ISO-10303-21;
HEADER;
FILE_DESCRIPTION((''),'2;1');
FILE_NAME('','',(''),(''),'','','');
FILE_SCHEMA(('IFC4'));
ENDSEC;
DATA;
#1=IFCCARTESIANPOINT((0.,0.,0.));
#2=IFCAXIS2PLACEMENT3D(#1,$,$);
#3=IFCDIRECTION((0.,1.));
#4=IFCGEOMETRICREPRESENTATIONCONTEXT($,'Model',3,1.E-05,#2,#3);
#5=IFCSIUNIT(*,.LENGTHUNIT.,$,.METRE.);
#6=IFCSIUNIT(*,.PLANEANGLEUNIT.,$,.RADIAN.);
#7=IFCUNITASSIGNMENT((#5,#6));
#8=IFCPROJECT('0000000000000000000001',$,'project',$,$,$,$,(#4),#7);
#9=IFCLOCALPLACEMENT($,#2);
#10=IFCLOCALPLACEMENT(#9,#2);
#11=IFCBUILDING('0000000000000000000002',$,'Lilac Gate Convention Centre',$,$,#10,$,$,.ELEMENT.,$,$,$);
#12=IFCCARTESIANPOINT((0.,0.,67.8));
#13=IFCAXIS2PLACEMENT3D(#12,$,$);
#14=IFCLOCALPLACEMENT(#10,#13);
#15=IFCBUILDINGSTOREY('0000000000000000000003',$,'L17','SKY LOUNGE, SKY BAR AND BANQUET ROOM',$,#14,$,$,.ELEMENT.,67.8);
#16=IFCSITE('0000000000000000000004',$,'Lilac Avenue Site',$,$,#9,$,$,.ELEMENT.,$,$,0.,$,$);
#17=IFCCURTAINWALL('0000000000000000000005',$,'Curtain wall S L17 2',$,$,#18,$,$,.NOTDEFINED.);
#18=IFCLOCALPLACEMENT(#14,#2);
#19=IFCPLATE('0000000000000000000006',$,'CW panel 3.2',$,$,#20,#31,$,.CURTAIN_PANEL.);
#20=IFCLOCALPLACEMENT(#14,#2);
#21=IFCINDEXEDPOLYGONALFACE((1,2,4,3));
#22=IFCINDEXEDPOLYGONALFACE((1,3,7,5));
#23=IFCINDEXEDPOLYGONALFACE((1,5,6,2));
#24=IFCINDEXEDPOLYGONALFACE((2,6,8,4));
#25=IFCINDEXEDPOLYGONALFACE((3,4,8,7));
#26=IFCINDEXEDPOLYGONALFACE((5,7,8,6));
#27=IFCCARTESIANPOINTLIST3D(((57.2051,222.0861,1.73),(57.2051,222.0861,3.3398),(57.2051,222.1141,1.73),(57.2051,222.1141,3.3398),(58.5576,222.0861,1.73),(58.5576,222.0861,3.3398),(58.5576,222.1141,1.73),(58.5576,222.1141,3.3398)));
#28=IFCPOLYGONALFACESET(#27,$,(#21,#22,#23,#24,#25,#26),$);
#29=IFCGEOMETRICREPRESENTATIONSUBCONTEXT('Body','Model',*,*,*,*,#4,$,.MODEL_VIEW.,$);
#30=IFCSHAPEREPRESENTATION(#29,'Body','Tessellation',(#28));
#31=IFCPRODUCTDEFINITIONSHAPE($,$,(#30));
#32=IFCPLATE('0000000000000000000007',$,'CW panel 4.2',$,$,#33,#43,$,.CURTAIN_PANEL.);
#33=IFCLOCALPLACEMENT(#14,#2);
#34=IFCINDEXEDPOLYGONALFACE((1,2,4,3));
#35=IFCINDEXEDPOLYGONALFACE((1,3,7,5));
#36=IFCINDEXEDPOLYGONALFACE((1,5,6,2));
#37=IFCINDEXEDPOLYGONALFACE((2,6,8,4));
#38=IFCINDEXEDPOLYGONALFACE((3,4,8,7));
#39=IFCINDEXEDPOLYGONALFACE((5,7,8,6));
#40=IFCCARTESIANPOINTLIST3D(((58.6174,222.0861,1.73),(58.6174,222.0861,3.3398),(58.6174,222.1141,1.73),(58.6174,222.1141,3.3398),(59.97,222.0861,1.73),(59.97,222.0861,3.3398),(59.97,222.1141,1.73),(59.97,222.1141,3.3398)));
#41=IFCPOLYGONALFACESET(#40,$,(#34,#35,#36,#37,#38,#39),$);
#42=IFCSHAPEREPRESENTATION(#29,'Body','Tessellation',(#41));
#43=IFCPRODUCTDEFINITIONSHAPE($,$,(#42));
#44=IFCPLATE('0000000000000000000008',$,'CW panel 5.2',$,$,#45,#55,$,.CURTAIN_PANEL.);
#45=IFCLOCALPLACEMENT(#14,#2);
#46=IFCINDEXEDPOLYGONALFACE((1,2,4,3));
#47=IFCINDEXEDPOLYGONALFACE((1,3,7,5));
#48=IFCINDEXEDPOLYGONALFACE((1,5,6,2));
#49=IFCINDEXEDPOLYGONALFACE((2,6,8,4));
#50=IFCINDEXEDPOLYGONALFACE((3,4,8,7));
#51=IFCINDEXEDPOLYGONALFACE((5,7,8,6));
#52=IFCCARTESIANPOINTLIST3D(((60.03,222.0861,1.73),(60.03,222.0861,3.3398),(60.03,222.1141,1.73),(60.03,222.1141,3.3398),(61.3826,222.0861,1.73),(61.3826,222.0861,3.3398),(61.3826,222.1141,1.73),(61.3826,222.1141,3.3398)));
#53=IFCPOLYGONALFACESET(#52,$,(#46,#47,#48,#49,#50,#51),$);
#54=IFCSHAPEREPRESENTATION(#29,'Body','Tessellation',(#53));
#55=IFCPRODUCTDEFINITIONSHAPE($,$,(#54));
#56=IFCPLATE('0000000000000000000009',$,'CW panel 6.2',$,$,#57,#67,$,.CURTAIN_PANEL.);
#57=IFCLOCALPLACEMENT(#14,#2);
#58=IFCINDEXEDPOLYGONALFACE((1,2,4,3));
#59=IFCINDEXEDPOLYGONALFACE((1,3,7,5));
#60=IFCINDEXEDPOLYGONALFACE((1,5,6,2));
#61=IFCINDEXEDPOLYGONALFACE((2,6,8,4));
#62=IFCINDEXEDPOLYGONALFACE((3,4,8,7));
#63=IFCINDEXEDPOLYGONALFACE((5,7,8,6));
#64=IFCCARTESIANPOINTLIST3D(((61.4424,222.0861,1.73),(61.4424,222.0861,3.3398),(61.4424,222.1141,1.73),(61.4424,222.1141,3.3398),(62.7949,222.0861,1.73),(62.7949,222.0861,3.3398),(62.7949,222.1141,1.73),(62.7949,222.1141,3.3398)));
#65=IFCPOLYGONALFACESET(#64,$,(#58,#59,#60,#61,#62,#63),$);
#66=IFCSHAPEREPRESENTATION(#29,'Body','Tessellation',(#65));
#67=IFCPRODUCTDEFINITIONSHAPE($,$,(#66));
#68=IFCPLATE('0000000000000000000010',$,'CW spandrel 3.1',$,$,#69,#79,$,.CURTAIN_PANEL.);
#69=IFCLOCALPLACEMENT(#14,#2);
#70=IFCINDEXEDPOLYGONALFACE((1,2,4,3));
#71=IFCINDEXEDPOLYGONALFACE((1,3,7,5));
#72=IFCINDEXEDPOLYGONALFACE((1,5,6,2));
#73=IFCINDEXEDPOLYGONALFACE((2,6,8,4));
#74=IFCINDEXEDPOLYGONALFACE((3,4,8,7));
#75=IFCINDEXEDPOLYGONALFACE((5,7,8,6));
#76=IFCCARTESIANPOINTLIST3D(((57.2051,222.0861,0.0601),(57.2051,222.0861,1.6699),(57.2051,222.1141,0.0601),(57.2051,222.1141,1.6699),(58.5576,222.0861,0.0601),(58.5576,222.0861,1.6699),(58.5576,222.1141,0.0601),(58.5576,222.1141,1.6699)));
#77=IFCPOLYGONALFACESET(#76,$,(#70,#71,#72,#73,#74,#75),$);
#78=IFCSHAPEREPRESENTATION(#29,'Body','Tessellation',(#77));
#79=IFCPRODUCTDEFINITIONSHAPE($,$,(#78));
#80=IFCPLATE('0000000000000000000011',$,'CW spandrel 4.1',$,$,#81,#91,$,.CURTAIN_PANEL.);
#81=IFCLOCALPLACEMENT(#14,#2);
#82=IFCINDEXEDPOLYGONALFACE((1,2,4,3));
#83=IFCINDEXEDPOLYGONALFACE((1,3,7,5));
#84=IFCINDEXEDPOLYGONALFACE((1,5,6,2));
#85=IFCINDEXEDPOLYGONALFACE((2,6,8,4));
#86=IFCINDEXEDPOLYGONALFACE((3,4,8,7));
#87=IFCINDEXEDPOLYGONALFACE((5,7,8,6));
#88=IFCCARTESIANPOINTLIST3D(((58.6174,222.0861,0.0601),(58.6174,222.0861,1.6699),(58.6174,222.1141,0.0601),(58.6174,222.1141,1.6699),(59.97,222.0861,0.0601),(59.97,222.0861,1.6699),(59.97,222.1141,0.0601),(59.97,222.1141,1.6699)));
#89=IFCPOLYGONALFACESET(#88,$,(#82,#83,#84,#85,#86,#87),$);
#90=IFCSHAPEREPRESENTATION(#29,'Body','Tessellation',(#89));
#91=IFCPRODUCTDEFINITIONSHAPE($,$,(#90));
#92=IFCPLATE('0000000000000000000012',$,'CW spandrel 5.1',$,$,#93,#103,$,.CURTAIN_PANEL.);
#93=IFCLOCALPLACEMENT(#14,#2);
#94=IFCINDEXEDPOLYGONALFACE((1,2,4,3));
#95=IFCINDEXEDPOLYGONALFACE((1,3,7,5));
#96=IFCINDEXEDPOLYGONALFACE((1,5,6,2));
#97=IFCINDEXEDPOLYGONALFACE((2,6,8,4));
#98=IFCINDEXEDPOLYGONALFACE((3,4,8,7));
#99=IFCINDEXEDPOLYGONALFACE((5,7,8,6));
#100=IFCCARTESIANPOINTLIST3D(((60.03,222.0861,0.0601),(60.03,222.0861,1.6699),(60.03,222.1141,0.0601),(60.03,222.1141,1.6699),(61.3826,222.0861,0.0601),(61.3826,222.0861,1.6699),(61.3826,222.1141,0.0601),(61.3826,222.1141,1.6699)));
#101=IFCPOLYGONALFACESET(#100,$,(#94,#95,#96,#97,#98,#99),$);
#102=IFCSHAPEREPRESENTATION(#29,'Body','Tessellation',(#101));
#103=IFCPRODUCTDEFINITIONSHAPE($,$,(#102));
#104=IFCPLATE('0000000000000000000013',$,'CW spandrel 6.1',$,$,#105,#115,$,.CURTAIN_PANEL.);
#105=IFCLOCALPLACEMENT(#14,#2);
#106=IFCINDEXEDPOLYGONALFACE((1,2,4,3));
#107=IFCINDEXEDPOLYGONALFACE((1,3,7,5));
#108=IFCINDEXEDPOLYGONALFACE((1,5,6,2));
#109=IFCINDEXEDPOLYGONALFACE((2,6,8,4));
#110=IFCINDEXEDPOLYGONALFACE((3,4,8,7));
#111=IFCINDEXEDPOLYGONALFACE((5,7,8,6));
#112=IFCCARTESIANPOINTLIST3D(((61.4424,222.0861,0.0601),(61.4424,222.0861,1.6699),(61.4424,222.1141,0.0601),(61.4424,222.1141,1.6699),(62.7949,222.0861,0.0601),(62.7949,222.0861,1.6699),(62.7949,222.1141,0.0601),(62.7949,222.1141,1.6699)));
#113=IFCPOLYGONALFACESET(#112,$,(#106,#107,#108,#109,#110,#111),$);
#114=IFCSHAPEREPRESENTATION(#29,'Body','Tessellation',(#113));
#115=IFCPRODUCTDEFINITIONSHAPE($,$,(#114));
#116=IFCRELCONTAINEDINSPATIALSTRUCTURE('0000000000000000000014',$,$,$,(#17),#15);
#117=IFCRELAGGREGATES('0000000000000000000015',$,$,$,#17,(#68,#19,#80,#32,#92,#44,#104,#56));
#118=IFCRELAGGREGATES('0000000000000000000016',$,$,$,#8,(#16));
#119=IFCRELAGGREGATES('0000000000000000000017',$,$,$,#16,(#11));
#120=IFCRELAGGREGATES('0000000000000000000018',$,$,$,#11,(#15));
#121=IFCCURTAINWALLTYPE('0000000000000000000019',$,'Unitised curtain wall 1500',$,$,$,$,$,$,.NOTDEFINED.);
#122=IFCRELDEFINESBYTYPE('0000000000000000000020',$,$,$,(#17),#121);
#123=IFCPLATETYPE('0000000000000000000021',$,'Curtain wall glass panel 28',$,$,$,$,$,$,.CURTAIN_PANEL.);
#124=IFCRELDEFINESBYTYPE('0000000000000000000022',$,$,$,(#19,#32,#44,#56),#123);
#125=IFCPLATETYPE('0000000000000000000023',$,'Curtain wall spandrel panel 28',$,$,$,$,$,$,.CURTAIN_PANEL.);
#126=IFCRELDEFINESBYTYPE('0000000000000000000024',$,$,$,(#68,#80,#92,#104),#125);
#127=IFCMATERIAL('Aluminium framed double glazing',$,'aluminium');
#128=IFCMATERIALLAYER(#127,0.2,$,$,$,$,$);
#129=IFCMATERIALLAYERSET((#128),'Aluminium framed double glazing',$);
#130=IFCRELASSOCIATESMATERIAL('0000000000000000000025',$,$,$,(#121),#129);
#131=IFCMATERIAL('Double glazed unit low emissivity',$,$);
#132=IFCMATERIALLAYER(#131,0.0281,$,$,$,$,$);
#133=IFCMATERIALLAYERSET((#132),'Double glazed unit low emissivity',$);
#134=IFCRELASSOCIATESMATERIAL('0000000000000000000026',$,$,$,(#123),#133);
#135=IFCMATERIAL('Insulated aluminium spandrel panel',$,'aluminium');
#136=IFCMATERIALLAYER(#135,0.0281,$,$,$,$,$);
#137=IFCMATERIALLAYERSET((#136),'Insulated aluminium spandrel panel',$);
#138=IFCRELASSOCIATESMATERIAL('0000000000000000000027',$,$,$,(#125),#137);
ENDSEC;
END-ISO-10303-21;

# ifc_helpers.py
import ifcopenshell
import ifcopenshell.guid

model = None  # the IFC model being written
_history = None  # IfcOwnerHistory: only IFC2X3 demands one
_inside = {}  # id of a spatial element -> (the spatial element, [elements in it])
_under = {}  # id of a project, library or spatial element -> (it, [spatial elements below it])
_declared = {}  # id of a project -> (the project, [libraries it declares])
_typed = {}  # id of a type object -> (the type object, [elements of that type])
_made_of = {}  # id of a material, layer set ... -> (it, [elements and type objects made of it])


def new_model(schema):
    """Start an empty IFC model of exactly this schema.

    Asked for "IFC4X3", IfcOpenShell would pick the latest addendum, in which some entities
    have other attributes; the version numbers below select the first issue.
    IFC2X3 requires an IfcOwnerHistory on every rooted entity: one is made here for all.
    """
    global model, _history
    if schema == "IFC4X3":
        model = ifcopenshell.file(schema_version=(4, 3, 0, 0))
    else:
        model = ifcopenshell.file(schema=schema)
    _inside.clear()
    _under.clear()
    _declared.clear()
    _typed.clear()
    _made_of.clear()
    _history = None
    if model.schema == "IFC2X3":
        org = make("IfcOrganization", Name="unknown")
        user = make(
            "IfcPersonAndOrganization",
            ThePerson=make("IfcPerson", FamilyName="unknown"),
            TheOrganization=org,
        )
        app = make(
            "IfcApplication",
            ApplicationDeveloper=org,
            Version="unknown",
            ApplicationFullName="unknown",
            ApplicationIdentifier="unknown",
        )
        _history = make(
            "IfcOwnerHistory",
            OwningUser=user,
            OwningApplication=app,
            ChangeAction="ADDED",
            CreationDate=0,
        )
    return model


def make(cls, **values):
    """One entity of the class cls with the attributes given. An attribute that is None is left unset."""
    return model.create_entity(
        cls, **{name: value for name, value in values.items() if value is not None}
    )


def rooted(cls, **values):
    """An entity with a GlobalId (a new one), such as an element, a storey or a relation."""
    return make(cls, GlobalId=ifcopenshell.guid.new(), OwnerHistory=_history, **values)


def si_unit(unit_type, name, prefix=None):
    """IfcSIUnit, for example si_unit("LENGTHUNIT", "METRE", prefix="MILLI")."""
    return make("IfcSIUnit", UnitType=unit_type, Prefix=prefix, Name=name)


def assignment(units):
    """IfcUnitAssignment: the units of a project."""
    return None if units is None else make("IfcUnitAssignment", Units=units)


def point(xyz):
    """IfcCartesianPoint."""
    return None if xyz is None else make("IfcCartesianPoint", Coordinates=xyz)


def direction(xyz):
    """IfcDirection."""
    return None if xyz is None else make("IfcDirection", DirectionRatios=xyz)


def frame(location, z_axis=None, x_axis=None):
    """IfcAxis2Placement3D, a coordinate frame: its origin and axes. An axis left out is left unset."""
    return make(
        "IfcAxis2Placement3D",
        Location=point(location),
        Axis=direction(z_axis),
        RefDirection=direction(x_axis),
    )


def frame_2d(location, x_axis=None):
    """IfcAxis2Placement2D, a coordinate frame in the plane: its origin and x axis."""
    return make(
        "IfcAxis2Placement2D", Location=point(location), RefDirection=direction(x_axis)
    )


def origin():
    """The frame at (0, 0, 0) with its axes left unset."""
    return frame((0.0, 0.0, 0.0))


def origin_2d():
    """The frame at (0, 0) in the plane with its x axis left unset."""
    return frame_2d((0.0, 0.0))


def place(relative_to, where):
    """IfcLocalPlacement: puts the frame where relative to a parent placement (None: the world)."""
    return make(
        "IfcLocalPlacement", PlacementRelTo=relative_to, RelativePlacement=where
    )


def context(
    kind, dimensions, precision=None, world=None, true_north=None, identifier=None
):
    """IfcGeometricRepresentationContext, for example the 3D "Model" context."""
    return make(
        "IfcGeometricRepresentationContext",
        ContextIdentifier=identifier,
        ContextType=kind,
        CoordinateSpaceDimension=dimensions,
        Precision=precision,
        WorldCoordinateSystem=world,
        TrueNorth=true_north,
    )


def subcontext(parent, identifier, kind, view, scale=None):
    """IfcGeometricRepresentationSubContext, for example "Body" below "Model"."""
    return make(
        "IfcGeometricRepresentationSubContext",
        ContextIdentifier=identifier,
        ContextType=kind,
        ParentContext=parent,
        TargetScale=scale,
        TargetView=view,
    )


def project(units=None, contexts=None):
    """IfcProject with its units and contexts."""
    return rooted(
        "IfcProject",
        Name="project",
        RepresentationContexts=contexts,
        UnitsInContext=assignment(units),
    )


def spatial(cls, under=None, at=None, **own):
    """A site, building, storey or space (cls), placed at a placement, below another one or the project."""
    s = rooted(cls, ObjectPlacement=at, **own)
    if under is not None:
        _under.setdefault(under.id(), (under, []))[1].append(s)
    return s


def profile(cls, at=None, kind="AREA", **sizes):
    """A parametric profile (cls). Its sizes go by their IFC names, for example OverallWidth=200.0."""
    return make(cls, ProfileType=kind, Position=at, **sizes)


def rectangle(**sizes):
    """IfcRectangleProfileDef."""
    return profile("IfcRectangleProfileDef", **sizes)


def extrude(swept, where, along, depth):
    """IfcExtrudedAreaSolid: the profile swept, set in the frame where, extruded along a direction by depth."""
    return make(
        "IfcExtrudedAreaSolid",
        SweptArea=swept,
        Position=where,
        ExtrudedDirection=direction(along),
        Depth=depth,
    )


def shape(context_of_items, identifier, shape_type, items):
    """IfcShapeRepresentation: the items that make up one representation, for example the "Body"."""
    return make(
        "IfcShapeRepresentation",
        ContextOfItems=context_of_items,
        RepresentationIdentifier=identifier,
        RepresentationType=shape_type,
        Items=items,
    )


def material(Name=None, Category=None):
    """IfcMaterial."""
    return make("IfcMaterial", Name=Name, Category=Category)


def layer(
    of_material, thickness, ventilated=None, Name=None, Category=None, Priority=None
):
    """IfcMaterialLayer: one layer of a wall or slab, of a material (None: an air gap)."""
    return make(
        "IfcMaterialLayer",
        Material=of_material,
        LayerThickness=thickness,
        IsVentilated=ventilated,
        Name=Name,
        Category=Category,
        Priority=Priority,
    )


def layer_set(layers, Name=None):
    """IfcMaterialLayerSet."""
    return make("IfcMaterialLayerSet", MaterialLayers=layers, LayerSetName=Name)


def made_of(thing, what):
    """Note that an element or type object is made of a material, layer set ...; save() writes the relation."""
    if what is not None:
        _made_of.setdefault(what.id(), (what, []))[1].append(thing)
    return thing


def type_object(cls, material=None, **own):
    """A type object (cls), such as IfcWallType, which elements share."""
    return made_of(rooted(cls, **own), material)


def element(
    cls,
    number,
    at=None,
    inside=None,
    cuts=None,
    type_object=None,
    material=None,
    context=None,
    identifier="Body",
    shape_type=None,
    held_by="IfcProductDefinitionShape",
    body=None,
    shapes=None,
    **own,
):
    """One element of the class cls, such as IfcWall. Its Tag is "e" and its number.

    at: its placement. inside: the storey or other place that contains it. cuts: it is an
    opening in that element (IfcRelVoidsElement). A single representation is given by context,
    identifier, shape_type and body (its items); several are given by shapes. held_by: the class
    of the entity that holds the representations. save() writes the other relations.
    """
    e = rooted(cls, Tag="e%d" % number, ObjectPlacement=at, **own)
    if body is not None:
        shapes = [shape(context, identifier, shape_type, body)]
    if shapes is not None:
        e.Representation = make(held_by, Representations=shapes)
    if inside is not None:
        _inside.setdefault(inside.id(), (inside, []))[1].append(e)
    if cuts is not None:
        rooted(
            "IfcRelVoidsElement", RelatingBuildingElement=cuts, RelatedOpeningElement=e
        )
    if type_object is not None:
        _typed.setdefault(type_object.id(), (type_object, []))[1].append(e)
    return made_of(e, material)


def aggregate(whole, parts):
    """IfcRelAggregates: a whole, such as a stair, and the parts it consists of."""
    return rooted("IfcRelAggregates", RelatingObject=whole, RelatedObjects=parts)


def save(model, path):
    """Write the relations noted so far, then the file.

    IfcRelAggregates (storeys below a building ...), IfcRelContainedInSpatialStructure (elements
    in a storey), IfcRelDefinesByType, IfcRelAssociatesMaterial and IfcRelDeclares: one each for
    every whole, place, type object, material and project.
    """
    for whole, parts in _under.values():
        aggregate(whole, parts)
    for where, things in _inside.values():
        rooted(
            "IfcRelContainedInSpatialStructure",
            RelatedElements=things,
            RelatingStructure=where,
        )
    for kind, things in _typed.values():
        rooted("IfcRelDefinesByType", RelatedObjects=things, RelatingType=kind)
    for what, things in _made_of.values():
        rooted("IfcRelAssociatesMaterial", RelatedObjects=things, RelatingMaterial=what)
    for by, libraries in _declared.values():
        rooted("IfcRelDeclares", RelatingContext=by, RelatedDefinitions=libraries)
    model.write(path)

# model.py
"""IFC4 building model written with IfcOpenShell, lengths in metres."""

from ifc_helpers import new_model, si_unit, direction, frame, origin, origin_2d, place, context, subcontext, project, spatial, rectangle, extrude, material, layer, layer_set, type_object, element, aggregate, save


model = new_model("IFC4")

# Units and contexts
model_context = context("Model", 3, precision=1e-05, world=origin(), true_north=direction((0.0, 1.0)))
body_context = subcontext(model_context, "Body", "Model", "MODEL_VIEW")
ifc_project = project(units=[si_unit("LENGTHUNIT", "METRE"), si_unit("PLANEANGLEUNIT", "RADIAN")], contexts=[model_context])

# Site, building, storey
site_placement = place(None, origin())
site = spatial("IfcSite", under=ifc_project, at=site_placement, Name="Lilac Avenue Site", CompositionType="ELEMENT", RefElevation=0.0)
building_placement = place(site_placement, origin())
building = spatial("IfcBuilding", under=site, at=building_placement, Name="Lilac Gate Convention Centre", CompositionType="ELEMENT")
storey_placement = place(building_placement, frame((0.0, 0.0, 67.8)))
storey = spatial("IfcBuildingStorey", under=building, at=storey_placement, Name="L17", Description="SKY LOUNGE, SKY BAR AND BANQUET ROOM", CompositionType="ELEMENT", Elevation=67.8)

# Curtain wall, plates
ifc_material_1 = material(Name="Aluminium framed double glazing", Category="aluminium")
ifc_layer_1 = layer(ifc_material_1, 0.2)
ifc_layer_set_1 = layer_set([ifc_layer_1], Name="Aluminium framed double glazing")
curtain_wall_type = type_object("IfcCurtainWallType", Name="Unitised curtain wall 1500", PredefinedType="NOTDEFINED", material=ifc_layer_set_1)
curtain_wall_placement = place(storey_placement, origin())
curtain_wall = element("IfcCurtainWall", 1, at=curtain_wall_placement, inside=storey, type_object=curtain_wall_type, Name="Curtain wall S L17 2", PredefinedType="NOTDEFINED")
ifc_material_2 = material(Name="Double glazed unit low emissivity")
ifc_layer_2 = layer(ifc_material_2, 0.0281)
ifc_layer_set_2 = layer_set([ifc_layer_2], Name="Double glazed unit low emissivity")
plate_type_1 = type_object("IfcPlateType", Name="Curtain wall glass panel 28", PredefinedType="CURTAIN_PANEL", material=ifc_layer_set_2)
plate_1_placement = place(storey_placement, frame((57.8813, 222.1001, 1.73), z_axis=(0.0, 0.0, 1.0), x_axis=(1.0, 0.0, 0.0)))
plate_1 = element("IfcPlate", 2, at=plate_1_placement, type_object=plate_type_1, Name="CW panel 3.2", PredefinedType="CURTAIN_PANEL", context=body_context, shape_type="SweptSolid", body=[
    extrude(rectangle(XDim=1.3525, YDim=0.0281, at=origin_2d()), origin(), (0.0, 0.0, 1.0), 1.6099),
])
plate_2_placement = place(storey_placement, frame((59.2937, 222.1001, 1.73), z_axis=(0.0, 0.0, 1.0), x_axis=(1.0, 0.0, 0.0)))
plate_2 = element("IfcPlate", 3, at=plate_2_placement, type_object=plate_type_1, Name="CW panel 4.2", PredefinedType="CURTAIN_PANEL", context=body_context, shape_type="SweptSolid", body=[
    extrude(rectangle(XDim=1.3525, YDim=0.0281, at=origin_2d()), origin(), (0.0, 0.0, 1.0), 1.6099),
])
plate_3_placement = place(storey_placement, frame((60.7063, 222.1001, 1.73), z_axis=(0.0, 0.0, 1.0), x_axis=(1.0, 0.0, 0.0)))
plate_3 = element("IfcPlate", 4, at=plate_3_placement, type_object=plate_type_1, Name="CW panel 5.2", PredefinedType="CURTAIN_PANEL", context=body_context, shape_type="SweptSolid", body=[
    extrude(rectangle(XDim=1.3525, YDim=0.0281, at=origin_2d()), origin(), (0.0, 0.0, 1.0), 1.6099),
])
plate_4_placement = place(storey_placement, frame((62.1187, 222.1001, 1.73), z_axis=(0.0, 0.0, 1.0), x_axis=(1.0, 0.0, 0.0)))
plate_4 = element("IfcPlate", 5, at=plate_4_placement, type_object=plate_type_1, Name="CW panel 6.2", PredefinedType="CURTAIN_PANEL", context=body_context, shape_type="SweptSolid", body=[
    extrude(rectangle(XDim=1.3525, YDim=0.0281, at=origin_2d()), origin(), (0.0, 0.0, 1.0), 1.6099),
])
ifc_material_3 = material(Name="Insulated aluminium spandrel panel", Category="aluminium")
ifc_layer_3 = layer(ifc_material_3, 0.0281)
ifc_layer_set_3 = layer_set([ifc_layer_3], Name="Insulated aluminium spandrel panel")
plate_type_2 = type_object("IfcPlateType", Name="Curtain wall spandrel panel 28", PredefinedType="CURTAIN_PANEL", material=ifc_layer_set_3)
plate_5_placement = place(storey_placement, frame((57.8813, 222.1001, 0.0601), z_axis=(0.0, 0.0, 1.0), x_axis=(1.0, 0.0, 0.0)))
plate_5 = element("IfcPlate", 6, at=plate_5_placement, type_object=plate_type_2, Name="CW spandrel 3.1", PredefinedType="CURTAIN_PANEL", context=body_context, shape_type="SweptSolid", body=[
    extrude(rectangle(XDim=1.3525, YDim=0.0281, at=origin_2d()), origin(), (0.0, 0.0, 1.0), 1.6099),
])
plate_6_placement = place(storey_placement, frame((59.2937, 222.1001, 0.0601), z_axis=(0.0, 0.0, 1.0), x_axis=(1.0, 0.0, 0.0)))
plate_6 = element("IfcPlate", 7, at=plate_6_placement, type_object=plate_type_2, Name="CW spandrel 4.1", PredefinedType="CURTAIN_PANEL", context=body_context, shape_type="SweptSolid", body=[
    extrude(rectangle(XDim=1.3525, YDim=0.0281, at=origin_2d()), origin(), (0.0, 0.0, 1.0), 1.6099),
])
plate_7_placement = place(storey_placement, frame((60.7063, 222.1001, 0.0601), z_axis=(0.0, 0.0, 1.0), x_axis=(1.0, 0.0, 0.0)))
plate_7 = element("IfcPlate", 8, at=plate_7_placement, type_object=plate_type_2, Name="CW spandrel 5.1", PredefinedType="CURTAIN_PANEL", context=body_context, shape_type="SweptSolid", body=[
    extrude(rectangle(XDim=1.3525, YDim=0.0281, at=origin_2d()), origin(), (0.0, 0.0, 1.0), 1.6099),
])
plate_8_placement = place(storey_placement, frame((62.1187, 222.1001, 0.0601), z_axis=(0.0, 0.0, 1.0), x_axis=(1.0, 0.0, 0.0)))
plate_8 = element("IfcPlate", 9, at=plate_8_placement, type_object=plate_type_2, Name="CW spandrel 6.1", PredefinedType="CURTAIN_PANEL", context=body_context, shape_type="SweptSolid", body=[
    extrude(rectangle(XDim=1.3525, YDim=0.0281, at=origin_2d()), origin(), (0.0, 0.0, 1.0), 1.6099),
])
aggregate(curtain_wall, [plate_5, plate_1, plate_6, plate_2, plate_7, plate_3, plate_8, plate_4])

save(model, "model.ifc")
